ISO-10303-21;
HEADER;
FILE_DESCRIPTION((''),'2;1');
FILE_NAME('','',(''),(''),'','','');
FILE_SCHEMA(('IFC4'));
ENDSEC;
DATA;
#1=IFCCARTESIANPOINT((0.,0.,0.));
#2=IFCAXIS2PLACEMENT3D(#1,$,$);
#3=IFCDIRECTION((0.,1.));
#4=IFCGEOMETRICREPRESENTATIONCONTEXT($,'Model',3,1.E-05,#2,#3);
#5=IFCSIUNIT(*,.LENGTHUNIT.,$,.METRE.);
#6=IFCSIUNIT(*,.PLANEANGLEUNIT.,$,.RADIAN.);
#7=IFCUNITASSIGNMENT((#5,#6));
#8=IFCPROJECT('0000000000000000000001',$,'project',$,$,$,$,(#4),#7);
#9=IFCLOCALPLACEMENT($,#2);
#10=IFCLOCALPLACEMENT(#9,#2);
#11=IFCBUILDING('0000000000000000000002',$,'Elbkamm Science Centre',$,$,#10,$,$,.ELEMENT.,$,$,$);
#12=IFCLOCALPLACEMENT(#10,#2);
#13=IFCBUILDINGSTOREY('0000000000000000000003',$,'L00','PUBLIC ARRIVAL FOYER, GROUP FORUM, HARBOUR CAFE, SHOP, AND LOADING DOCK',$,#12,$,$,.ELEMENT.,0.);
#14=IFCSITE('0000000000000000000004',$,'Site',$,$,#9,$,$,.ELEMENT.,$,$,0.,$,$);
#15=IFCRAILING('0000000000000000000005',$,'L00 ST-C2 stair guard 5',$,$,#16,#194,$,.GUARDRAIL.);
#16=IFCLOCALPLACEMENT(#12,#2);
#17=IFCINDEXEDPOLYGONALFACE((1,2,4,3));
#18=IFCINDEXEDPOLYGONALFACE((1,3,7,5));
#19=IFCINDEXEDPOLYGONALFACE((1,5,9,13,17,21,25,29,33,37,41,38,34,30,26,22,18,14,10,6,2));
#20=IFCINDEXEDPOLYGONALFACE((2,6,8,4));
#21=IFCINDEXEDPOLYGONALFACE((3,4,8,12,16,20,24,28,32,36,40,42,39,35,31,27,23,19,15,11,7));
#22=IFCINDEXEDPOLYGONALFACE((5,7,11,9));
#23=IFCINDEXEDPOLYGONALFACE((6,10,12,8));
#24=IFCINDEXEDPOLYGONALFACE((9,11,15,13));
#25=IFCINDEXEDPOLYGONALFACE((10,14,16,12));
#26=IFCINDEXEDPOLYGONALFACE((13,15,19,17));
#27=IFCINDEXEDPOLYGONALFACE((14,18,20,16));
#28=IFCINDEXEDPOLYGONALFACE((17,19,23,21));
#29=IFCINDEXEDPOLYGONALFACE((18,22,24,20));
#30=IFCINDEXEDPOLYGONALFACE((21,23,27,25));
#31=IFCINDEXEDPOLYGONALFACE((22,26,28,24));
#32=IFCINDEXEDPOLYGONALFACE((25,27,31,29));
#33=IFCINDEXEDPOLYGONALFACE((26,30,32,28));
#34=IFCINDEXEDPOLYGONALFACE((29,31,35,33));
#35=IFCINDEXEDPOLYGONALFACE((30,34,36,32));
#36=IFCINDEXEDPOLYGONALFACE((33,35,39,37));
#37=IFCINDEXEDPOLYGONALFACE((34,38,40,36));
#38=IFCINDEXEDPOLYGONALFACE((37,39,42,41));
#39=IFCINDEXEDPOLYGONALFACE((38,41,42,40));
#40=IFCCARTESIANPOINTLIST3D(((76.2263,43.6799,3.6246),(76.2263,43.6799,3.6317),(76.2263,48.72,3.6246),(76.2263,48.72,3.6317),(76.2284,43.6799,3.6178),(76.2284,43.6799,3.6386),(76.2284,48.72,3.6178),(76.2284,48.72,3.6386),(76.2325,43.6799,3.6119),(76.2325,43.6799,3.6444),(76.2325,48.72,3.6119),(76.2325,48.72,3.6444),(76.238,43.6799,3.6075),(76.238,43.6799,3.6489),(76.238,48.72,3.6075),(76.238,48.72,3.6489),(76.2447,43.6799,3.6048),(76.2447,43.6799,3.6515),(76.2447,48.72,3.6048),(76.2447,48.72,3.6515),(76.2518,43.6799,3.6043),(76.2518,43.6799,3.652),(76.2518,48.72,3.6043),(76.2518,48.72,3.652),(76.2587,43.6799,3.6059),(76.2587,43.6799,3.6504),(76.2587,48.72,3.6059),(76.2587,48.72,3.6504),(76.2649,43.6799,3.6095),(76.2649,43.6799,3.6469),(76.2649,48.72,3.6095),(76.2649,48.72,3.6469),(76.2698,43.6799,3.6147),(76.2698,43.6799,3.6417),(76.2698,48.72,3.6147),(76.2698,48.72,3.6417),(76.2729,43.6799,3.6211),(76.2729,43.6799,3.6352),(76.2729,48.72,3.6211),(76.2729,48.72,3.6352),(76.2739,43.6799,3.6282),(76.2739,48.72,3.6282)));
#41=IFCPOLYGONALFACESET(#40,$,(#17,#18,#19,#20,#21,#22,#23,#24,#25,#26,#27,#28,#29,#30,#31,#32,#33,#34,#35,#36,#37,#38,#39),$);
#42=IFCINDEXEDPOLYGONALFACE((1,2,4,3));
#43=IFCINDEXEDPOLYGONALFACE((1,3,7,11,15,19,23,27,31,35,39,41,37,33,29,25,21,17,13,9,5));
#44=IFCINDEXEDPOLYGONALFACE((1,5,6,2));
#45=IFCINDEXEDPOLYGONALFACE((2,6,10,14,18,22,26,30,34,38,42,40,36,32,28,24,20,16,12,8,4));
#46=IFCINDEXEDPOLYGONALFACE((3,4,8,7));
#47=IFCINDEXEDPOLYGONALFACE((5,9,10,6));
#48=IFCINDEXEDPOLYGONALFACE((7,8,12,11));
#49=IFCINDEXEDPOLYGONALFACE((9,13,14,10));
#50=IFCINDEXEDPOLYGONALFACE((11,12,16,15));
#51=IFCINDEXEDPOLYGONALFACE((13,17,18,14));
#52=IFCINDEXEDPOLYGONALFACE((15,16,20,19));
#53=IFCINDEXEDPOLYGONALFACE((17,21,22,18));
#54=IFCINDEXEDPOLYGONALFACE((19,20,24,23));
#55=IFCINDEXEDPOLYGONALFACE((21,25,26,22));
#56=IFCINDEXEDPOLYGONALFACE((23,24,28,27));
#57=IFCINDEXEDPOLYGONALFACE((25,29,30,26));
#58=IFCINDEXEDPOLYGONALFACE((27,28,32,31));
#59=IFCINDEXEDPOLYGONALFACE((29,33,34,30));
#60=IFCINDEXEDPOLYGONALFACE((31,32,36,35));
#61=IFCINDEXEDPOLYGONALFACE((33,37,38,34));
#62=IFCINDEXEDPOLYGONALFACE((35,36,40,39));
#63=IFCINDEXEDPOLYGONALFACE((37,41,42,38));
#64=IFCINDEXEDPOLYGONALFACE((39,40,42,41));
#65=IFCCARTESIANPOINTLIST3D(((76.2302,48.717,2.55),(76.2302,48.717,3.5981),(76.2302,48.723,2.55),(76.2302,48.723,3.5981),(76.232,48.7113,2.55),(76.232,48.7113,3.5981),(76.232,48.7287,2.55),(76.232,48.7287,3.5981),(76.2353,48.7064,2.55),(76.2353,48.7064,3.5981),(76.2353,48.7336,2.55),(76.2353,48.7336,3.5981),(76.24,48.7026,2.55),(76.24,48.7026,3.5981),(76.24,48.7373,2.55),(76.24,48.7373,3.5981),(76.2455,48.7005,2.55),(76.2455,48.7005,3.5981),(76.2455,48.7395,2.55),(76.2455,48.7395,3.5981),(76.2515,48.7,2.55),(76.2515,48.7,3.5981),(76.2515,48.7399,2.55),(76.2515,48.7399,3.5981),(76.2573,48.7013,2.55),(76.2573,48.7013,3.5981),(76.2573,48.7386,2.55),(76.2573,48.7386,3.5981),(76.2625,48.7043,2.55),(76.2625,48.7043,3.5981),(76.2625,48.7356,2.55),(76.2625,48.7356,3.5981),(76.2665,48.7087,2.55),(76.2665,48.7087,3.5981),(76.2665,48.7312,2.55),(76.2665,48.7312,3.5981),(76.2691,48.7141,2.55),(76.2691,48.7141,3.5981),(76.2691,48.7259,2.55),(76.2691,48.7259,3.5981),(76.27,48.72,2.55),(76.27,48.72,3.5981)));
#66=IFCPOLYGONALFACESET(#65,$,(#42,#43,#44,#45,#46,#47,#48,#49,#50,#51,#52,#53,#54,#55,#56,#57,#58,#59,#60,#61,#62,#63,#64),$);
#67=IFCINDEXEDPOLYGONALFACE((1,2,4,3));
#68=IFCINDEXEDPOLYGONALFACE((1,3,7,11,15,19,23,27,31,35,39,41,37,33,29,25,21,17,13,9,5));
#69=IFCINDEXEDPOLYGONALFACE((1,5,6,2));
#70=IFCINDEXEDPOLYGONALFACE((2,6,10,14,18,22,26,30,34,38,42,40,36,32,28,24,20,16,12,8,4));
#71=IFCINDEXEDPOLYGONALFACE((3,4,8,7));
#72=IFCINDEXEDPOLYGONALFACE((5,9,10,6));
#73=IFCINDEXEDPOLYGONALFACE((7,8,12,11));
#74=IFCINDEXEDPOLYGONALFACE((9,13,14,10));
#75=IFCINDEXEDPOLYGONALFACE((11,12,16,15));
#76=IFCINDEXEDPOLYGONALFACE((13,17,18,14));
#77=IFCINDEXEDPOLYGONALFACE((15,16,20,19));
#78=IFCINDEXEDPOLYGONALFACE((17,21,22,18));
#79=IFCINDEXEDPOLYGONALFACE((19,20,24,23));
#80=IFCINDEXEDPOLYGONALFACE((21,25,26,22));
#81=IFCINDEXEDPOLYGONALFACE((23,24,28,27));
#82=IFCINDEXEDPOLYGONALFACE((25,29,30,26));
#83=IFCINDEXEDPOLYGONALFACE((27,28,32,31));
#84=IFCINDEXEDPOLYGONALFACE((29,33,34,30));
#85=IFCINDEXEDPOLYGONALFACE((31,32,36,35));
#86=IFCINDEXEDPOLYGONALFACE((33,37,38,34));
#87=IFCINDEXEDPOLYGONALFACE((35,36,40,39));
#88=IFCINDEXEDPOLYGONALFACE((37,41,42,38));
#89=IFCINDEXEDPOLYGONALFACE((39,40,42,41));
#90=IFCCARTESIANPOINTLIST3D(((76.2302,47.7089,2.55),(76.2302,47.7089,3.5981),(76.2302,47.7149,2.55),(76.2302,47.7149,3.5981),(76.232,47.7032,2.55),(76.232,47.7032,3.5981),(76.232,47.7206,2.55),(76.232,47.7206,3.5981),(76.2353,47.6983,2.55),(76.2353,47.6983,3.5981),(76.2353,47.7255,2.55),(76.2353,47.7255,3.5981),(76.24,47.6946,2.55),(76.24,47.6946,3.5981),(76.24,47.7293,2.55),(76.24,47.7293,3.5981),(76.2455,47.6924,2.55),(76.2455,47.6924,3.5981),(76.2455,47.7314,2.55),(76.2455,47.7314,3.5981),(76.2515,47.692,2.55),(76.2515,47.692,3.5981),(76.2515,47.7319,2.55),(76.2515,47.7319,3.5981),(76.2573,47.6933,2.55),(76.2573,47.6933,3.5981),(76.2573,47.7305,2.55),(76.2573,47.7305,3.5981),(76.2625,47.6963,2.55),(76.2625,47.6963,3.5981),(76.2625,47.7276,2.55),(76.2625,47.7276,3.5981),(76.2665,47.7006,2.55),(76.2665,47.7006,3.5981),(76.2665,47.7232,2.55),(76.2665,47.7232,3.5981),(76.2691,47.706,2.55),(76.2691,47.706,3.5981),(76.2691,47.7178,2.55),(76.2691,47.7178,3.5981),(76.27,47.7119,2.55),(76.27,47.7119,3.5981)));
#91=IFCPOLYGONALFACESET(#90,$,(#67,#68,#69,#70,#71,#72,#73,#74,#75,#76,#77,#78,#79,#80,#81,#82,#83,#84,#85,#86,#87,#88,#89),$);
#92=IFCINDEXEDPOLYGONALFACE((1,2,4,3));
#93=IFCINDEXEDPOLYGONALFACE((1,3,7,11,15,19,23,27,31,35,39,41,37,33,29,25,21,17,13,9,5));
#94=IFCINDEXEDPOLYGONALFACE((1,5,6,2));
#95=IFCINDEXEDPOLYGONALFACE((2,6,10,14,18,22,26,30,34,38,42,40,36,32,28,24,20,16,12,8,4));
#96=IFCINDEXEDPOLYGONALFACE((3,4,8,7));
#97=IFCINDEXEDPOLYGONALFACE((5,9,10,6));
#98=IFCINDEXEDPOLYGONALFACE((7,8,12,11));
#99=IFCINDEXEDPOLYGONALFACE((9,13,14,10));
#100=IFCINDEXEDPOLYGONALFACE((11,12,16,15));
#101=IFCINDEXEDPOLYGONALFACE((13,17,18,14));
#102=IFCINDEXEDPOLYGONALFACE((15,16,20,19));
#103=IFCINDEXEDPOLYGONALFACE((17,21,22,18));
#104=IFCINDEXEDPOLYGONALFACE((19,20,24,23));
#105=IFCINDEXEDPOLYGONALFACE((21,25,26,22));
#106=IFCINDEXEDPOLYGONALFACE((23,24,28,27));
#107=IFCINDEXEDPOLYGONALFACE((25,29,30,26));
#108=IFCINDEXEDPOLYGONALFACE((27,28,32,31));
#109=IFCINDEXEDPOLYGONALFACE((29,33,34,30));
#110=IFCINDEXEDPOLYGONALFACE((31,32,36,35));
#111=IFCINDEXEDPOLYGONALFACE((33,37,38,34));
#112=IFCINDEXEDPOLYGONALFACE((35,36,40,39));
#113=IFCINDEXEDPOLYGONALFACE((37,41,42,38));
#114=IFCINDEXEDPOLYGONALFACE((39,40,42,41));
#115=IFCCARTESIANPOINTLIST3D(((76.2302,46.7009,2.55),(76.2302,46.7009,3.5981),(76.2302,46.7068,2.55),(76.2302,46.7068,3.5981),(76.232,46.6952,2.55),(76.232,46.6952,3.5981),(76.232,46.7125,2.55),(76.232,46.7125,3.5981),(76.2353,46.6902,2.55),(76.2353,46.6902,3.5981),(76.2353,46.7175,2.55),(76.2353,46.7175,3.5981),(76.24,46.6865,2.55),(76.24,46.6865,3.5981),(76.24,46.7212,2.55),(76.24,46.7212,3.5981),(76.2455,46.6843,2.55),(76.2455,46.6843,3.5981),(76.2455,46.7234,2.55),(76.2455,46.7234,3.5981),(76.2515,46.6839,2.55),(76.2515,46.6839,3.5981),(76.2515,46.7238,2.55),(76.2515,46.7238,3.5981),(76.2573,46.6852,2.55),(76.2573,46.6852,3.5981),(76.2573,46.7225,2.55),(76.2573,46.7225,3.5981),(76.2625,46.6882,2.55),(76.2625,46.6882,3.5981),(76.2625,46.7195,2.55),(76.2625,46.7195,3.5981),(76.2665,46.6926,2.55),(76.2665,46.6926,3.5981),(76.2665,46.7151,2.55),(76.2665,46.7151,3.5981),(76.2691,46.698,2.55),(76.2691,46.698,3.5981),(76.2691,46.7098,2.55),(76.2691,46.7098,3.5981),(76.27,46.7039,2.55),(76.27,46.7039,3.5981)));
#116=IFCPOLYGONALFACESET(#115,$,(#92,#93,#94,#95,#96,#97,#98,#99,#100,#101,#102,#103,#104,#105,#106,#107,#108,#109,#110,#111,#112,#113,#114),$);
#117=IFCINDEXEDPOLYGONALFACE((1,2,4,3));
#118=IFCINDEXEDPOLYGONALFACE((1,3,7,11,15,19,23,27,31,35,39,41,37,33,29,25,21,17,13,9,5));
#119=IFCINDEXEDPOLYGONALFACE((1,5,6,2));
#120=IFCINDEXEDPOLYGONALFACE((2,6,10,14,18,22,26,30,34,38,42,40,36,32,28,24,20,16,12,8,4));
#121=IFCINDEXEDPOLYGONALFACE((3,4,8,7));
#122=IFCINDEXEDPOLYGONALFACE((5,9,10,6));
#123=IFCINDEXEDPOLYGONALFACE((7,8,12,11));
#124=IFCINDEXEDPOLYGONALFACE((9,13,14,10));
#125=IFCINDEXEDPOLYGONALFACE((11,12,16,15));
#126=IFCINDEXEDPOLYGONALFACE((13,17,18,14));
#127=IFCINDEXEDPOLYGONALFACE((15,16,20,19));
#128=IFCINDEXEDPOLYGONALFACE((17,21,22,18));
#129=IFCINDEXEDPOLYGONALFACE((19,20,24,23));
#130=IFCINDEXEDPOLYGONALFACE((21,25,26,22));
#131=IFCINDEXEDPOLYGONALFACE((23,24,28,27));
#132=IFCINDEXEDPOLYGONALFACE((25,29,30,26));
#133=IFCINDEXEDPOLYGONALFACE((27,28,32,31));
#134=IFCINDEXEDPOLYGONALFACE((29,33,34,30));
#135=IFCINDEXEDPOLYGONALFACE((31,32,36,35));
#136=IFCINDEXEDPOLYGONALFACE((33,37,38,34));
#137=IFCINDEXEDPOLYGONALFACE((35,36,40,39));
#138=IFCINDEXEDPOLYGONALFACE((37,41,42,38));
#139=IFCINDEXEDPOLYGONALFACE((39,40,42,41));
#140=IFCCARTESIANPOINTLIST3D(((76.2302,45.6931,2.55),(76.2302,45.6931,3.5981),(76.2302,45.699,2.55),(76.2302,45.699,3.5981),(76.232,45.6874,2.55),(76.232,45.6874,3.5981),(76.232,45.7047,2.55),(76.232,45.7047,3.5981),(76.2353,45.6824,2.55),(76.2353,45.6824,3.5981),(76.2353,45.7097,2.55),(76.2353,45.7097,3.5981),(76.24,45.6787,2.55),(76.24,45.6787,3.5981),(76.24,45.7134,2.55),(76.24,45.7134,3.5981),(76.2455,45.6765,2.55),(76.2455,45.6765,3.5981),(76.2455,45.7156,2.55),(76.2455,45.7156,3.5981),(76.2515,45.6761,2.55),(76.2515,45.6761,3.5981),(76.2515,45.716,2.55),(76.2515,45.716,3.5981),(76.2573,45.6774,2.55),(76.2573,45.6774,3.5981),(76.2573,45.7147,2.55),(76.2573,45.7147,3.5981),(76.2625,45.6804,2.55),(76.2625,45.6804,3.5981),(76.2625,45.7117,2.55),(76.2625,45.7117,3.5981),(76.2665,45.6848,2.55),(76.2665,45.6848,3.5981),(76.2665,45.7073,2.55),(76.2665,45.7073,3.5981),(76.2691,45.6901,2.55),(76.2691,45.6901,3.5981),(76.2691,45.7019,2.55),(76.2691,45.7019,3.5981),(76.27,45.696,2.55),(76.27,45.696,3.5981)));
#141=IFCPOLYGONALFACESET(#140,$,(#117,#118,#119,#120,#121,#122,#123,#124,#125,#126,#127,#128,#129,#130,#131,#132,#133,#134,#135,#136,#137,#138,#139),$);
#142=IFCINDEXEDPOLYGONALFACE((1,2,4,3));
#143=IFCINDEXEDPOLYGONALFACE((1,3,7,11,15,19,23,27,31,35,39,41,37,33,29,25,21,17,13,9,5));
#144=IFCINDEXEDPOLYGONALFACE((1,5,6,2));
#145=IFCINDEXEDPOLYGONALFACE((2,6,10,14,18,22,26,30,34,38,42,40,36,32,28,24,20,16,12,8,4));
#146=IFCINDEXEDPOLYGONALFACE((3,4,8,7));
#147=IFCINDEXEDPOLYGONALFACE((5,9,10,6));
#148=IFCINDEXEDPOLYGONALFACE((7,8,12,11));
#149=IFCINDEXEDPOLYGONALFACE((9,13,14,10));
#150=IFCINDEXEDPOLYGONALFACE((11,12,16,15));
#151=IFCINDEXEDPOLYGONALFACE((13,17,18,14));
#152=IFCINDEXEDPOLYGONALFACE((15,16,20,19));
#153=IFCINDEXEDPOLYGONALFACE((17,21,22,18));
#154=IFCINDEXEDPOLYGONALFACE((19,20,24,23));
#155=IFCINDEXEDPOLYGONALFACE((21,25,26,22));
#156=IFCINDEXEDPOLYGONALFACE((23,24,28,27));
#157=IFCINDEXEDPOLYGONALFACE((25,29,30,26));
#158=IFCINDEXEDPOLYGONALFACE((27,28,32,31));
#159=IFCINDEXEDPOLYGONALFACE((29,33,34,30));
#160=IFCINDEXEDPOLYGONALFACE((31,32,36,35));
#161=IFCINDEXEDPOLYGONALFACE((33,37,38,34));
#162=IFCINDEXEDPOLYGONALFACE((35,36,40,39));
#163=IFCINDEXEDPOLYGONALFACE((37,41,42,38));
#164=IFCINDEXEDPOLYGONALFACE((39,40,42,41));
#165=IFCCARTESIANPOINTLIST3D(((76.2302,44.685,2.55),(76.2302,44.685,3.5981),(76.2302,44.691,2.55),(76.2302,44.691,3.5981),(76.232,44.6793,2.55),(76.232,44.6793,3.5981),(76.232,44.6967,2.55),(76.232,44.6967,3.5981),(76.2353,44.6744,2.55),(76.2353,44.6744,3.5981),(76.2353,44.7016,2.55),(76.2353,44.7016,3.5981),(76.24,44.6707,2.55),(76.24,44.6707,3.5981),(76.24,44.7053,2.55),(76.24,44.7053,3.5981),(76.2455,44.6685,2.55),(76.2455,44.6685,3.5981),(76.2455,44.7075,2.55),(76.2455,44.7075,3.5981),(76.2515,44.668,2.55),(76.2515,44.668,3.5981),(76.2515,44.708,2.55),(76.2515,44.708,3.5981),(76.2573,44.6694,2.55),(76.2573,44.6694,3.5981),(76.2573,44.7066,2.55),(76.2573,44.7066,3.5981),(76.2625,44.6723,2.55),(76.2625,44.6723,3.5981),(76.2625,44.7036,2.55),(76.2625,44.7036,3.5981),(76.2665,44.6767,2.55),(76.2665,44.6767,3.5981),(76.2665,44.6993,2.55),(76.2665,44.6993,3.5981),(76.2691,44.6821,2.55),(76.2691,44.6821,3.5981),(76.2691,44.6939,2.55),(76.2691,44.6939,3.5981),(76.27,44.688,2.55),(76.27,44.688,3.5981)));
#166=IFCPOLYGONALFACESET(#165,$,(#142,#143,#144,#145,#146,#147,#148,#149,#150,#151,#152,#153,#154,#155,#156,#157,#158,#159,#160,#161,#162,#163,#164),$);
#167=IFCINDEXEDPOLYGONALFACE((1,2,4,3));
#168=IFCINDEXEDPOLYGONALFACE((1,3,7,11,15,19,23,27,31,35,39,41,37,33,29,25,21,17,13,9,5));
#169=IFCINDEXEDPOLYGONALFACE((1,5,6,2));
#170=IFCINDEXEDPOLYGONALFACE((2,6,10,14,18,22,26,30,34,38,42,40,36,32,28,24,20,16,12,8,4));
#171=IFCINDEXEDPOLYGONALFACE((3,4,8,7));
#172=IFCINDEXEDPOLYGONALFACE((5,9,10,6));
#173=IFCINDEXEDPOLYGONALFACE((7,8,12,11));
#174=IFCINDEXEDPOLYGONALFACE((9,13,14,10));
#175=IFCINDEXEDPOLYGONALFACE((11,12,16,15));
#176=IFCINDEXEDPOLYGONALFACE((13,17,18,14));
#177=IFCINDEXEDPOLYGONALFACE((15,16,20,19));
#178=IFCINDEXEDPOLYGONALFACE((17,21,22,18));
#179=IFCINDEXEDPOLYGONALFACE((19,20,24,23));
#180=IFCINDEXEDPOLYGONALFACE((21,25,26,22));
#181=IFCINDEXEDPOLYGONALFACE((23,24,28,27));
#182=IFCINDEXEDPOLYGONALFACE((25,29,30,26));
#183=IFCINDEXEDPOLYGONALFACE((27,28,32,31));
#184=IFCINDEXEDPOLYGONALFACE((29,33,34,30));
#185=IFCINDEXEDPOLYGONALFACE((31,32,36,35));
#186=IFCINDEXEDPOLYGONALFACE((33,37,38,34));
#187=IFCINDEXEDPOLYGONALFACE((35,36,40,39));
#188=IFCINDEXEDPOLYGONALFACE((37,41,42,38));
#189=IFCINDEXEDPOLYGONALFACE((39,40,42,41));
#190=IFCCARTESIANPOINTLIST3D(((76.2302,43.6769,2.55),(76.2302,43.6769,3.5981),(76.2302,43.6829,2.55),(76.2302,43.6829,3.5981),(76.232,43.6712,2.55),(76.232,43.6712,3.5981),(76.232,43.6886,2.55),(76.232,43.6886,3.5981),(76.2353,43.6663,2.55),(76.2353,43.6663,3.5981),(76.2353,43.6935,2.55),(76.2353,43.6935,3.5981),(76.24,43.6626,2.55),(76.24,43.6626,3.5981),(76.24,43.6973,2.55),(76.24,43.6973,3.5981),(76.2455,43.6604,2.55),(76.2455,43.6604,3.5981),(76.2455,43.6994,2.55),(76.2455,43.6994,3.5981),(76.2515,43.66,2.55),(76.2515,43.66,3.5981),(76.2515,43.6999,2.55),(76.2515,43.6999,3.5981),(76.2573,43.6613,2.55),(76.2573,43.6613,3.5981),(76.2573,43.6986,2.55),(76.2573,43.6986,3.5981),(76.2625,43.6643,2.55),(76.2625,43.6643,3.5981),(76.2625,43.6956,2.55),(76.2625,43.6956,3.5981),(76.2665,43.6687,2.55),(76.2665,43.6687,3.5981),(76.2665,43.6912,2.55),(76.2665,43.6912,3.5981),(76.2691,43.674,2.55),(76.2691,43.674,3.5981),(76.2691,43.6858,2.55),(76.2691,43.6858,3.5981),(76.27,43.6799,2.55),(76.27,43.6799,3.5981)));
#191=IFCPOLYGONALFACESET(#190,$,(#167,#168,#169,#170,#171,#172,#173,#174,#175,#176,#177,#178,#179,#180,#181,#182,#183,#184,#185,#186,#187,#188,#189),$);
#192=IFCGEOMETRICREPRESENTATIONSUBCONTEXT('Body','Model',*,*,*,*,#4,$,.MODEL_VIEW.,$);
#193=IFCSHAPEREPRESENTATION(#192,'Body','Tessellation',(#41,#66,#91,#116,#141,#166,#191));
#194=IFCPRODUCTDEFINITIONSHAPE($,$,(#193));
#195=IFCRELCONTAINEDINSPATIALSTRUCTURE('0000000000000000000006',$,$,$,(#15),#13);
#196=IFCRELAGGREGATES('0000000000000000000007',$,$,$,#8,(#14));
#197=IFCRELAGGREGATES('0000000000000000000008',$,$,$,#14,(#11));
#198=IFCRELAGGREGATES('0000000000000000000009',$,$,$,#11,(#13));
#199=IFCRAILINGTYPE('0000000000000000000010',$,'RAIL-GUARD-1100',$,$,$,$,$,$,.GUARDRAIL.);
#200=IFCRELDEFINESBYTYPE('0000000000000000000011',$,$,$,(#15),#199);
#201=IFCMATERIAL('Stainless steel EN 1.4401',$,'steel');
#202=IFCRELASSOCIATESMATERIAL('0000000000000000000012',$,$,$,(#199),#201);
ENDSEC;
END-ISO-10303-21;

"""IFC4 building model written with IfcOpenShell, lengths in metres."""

from ifc_helpers import new_model, si_unit, direction, frame, origin, origin_2d, place, context, subcontext, project, spatial, circle, extrude, material, type_object, element, save


model = new_model("IFC4")

# Units and contexts
model_context = context("Model", 3, precision=1e-05, world=origin(), true_north=direction((0.0, 1.0)))
body_context = subcontext(model_context, "Body", "Model", "MODEL_VIEW")
ifc_project = project(units=[si_unit("LENGTHUNIT", "METRE"), si_unit("PLANEANGLEUNIT", "RADIAN")], contexts=[model_context])

# Site, building, storey
site_placement = place(None, origin())
site = spatial("IfcSite", under=ifc_project, at=site_placement, Name="Site", CompositionType="ELEMENT", RefElevation=0.0)
building_placement = place(site_placement, origin())
building = spatial("IfcBuilding", under=site, at=building_placement, Name="Elbkamm Science Centre", CompositionType="ELEMENT")
storey_placement = place(building_placement, origin())
storey = spatial("IfcBuildingStorey", under=building, at=storey_placement, Name="L00", Description="PUBLIC ARRIVAL FOYER, GROUP FORUM, HARBOUR CAFE, SHOP, AND LOADING DOCK", CompositionType="ELEMENT", Elevation=0.0)

# Railing
ifc_material_1 = material(Name="Stainless steel EN 1.4401", Category="steel")
railing_type_1 = type_object("IfcRailingType", Name="RAIL-GUARD-1100", PredefinedType="GUARDRAIL", material=ifc_material_1)
railing_1_placement = place(storey_placement, frame((76.25, 48.72, 2.55)))
element("IfcRailing", 1, at=railing_1_placement, inside=storey, type_object=railing_type_1, Name="L00 ST-C2 stair guard 5", PredefinedType="GUARDRAIL", context=body_context, shape_type="SweptSolid", body=[
    extrude(circle(Radius=0.0239, at=origin_2d()), frame((0.0, 0.0, 1.0781), z_axis=(0.0, -1.0, 0.0), x_axis=(1.0, 0.0, 0.0)), (0.0, 0.0, 1.0), 5.04),
    extrude(circle(Radius=0.02, at=origin_2d()), origin(), (0.0, 0.0, 1.0), 1.0481),
    extrude(circle(Radius=0.02, at=origin_2d()), frame((0.0, -1.0081, 0.0)), (0.0, 0.0, 1.0), 1.0481),
    extrude(circle(Radius=0.02, at=origin_2d()), frame((0.0, -2.0161, 0.0)), (0.0, 0.0, 1.0), 1.0481),
    extrude(circle(Radius=0.02, at=origin_2d()), frame((0.0, -3.0239, 0.0)), (0.0, 0.0, 1.0), 1.0481),
    extrude(circle(Radius=0.02, at=origin_2d()), frame((0.0, -4.032, 0.0)), (0.0, 0.0, 1.0), 1.0481),
    extrude(circle(Radius=0.02, at=origin_2d()), frame((0.0, -5.04, 0.0)), (0.0, 0.0, 1.0), 1.0481),
])

save(model, "model.ifc")
